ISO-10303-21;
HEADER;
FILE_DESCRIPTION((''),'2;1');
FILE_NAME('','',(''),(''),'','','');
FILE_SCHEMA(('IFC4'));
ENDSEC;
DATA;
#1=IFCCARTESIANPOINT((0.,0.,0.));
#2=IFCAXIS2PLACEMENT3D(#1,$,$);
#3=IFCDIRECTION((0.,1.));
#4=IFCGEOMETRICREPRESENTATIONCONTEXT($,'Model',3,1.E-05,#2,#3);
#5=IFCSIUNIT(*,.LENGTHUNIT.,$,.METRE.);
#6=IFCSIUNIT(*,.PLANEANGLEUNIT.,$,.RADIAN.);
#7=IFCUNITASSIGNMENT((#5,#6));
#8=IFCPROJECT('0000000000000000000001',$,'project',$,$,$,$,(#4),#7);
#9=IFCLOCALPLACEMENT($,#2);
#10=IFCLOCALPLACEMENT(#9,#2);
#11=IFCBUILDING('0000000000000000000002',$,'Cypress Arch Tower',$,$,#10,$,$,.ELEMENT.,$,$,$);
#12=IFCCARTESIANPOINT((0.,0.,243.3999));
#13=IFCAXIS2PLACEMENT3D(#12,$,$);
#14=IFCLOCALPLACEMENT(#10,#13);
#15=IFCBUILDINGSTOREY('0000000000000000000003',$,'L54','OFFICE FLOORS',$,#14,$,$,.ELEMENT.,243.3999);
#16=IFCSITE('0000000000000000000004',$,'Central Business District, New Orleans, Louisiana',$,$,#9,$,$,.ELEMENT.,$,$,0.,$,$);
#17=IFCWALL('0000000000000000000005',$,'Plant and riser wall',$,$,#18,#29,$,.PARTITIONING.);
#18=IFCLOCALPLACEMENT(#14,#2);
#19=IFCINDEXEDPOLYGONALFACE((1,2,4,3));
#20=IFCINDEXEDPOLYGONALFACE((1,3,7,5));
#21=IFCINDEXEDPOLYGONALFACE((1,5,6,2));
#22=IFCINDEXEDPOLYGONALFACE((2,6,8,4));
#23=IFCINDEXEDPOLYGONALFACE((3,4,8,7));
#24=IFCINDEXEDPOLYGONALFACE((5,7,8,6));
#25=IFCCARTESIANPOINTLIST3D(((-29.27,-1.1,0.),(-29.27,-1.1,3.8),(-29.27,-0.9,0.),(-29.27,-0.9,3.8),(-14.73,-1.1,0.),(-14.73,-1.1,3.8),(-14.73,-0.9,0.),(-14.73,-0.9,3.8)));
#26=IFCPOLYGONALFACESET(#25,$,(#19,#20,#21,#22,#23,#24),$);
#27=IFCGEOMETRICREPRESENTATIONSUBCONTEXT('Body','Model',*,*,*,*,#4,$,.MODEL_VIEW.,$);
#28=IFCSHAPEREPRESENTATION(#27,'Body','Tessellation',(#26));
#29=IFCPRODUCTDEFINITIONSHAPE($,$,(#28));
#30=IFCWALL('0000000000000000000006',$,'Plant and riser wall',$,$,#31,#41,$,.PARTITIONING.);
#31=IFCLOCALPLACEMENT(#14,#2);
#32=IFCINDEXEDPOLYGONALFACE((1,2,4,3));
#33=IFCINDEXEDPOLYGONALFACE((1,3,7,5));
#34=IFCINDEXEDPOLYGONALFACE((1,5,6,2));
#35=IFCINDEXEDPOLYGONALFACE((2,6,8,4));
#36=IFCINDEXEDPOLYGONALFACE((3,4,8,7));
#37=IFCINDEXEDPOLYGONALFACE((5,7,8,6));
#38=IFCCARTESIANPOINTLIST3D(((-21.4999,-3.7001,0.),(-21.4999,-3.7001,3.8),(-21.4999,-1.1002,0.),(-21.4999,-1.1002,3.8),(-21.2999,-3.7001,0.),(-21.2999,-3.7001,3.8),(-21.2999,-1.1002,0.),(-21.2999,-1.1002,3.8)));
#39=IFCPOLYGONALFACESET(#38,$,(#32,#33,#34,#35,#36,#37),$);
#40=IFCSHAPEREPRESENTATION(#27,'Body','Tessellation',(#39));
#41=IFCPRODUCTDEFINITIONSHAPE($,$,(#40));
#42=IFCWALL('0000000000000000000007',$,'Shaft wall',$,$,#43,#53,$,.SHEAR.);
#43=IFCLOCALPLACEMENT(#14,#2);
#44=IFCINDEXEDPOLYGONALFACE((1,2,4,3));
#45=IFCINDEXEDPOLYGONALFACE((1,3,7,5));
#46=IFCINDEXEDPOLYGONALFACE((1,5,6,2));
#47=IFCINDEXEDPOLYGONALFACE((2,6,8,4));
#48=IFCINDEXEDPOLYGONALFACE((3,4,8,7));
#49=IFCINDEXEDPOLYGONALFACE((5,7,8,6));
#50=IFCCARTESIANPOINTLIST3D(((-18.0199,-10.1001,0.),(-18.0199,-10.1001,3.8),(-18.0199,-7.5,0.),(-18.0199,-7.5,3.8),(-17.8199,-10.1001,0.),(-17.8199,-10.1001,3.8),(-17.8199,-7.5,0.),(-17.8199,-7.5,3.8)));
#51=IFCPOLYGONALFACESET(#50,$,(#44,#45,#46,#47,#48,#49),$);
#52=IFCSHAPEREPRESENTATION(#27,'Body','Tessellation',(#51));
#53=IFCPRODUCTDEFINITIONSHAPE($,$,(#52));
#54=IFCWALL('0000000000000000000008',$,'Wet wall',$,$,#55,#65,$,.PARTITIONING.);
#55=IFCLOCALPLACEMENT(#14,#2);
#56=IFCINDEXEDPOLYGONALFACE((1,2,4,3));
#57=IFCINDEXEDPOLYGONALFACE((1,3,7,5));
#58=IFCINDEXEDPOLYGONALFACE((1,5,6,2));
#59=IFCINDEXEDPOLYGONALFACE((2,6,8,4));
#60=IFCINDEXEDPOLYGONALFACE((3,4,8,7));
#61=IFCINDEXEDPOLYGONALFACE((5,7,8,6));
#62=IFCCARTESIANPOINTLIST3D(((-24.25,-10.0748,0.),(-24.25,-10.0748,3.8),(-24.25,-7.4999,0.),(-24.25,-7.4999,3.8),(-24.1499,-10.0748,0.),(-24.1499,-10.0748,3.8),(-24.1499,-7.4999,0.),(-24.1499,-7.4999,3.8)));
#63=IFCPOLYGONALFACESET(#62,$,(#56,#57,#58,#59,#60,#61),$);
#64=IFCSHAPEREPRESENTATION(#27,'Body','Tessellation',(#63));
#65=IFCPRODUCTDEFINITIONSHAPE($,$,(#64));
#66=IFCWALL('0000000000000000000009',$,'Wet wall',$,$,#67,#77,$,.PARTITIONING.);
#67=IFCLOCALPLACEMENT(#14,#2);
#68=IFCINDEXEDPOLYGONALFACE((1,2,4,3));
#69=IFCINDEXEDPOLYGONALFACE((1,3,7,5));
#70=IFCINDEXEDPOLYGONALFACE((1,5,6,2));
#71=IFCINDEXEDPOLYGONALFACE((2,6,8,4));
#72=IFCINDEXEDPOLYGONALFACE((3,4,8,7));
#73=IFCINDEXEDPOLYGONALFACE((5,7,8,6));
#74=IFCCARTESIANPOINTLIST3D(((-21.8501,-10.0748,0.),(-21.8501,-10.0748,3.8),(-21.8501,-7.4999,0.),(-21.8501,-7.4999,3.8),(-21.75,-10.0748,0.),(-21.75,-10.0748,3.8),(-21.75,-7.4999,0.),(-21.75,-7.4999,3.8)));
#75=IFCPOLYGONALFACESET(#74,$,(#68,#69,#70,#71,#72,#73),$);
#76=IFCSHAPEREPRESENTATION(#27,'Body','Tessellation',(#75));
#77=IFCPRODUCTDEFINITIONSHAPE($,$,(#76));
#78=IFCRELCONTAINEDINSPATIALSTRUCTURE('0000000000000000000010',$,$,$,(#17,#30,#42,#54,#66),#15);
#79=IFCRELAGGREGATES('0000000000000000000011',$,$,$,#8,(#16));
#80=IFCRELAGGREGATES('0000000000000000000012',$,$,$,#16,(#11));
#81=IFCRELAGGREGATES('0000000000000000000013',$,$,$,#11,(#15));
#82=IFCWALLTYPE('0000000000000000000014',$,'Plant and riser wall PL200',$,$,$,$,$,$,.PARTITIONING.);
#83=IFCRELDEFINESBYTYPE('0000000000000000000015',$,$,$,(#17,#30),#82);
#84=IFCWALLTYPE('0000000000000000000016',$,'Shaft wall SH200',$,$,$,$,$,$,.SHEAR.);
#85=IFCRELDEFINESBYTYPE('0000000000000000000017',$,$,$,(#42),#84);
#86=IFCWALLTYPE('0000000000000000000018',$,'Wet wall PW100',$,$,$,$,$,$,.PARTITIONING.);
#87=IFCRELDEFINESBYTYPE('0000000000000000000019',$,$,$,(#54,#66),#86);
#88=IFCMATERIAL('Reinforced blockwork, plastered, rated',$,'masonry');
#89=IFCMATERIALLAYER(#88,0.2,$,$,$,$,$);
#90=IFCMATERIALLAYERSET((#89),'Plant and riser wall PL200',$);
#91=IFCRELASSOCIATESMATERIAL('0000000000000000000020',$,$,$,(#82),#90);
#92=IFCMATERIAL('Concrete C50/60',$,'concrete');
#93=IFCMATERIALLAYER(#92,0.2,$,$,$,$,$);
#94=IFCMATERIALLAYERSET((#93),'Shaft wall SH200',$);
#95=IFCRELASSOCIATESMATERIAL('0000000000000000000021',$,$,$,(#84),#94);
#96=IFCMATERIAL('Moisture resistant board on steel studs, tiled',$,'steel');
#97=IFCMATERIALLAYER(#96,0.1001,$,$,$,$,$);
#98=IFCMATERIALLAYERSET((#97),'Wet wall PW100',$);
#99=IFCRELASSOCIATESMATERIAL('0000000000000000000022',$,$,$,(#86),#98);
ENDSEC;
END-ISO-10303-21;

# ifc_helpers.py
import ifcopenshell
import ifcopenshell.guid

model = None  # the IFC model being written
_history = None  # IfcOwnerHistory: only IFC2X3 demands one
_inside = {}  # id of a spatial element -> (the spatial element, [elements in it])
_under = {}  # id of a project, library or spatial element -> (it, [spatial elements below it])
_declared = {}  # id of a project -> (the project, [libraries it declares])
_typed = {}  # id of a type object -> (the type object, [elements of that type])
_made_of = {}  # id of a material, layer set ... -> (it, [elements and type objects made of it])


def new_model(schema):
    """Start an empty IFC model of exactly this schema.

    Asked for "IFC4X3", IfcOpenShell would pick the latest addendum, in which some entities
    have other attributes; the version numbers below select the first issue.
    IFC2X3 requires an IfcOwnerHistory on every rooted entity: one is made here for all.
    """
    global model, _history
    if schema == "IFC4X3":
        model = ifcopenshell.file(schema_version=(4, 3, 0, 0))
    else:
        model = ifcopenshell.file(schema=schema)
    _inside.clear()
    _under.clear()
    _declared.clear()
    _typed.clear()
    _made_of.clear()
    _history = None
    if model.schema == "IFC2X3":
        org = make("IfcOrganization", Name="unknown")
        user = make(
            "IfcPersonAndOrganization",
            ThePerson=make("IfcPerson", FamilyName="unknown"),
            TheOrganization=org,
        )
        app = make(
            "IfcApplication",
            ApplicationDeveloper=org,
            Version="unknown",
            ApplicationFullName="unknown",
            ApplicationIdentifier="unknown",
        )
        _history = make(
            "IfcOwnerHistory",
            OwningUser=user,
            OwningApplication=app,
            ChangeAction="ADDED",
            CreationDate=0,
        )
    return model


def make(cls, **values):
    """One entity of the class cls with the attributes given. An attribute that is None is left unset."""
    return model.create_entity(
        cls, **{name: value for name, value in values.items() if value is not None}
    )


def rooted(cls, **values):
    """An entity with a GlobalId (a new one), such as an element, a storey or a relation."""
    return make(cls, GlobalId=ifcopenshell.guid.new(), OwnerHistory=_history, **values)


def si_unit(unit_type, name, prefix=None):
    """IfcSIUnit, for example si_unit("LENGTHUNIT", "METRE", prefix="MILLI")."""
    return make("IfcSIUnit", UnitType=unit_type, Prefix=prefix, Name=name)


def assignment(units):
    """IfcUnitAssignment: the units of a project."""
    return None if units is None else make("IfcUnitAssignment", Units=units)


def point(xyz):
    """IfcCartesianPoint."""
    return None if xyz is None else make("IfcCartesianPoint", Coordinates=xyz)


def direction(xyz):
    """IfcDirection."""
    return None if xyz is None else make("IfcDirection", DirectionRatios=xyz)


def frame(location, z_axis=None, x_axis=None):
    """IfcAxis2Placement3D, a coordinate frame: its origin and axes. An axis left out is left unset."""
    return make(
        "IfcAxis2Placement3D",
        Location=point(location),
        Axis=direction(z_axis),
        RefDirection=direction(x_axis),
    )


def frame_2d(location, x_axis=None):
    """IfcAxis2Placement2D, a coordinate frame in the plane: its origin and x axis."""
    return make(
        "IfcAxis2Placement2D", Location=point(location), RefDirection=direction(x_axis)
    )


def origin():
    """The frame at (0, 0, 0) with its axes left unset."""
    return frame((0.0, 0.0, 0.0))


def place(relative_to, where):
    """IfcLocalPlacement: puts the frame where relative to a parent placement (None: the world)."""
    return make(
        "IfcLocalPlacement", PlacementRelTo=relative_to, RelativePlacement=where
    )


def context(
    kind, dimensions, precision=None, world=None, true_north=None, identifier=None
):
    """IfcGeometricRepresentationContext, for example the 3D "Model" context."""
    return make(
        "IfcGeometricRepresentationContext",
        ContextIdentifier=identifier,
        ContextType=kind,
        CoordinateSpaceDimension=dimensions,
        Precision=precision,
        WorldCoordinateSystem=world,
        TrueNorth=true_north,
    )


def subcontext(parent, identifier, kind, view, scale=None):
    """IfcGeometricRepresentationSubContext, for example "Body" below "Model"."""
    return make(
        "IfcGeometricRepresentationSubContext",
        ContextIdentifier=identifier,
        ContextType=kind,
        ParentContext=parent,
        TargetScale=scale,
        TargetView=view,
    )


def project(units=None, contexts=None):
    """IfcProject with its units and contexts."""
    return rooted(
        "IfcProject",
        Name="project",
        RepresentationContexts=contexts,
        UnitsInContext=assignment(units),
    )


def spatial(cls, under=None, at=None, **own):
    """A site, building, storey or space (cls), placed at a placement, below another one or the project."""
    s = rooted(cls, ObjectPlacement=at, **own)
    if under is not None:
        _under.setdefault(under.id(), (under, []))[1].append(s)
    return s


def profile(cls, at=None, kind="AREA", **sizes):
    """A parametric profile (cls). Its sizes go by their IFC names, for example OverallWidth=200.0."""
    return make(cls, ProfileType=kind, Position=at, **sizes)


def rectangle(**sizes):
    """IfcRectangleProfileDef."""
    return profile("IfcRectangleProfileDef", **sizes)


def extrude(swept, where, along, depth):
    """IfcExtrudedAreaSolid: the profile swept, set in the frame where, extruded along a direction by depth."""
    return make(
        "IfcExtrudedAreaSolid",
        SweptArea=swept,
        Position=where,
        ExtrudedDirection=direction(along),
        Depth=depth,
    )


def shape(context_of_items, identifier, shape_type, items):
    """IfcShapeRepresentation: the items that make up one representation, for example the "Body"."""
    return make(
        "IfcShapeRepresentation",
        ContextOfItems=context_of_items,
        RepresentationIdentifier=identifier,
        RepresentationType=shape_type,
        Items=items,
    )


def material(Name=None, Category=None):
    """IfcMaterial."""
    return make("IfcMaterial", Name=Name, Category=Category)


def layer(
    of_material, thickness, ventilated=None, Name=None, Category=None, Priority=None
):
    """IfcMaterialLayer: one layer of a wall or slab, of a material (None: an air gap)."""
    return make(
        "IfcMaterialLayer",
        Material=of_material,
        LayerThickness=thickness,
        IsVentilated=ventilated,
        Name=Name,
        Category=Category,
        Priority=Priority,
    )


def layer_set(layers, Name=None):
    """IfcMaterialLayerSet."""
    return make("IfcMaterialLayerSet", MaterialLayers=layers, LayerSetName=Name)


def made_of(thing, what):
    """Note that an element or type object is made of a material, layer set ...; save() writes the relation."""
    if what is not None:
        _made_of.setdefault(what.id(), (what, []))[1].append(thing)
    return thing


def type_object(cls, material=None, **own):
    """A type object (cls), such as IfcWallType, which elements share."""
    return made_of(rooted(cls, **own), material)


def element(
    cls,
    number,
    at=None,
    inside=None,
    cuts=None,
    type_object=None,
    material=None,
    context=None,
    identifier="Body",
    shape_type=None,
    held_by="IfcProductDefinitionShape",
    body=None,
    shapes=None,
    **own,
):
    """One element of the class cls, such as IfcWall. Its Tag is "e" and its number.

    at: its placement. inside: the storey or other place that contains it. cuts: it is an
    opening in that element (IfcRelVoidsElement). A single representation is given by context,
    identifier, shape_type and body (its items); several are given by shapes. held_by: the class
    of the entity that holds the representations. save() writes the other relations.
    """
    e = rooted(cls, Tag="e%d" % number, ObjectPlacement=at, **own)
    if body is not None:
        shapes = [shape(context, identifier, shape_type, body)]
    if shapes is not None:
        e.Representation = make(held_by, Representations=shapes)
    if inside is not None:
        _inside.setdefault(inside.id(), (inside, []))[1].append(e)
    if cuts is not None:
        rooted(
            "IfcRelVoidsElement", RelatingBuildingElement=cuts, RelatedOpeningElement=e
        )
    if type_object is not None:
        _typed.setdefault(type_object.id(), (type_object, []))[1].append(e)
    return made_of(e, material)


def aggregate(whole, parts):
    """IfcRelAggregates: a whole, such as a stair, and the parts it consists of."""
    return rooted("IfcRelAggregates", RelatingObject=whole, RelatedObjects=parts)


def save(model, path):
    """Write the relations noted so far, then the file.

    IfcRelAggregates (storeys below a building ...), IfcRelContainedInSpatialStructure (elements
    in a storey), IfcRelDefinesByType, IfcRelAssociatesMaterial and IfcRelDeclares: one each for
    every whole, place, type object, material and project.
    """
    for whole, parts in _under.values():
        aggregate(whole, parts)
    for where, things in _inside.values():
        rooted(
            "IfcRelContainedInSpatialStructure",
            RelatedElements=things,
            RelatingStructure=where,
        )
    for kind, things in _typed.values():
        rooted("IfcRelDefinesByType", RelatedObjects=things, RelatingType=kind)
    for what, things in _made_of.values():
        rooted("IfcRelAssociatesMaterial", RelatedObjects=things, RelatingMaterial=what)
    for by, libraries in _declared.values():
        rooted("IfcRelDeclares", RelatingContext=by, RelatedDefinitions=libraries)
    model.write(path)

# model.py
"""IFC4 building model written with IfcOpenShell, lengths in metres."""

from ifc_helpers import new_model, si_unit, direction, frame, frame_2d, origin, place, context, subcontext, project, spatial, rectangle, extrude, material, layer, layer_set, type_object, element, save


model = new_model("IFC4")

# Units and contexts
model_context = context("Model", 3, precision=1e-05, world=origin(), true_north=direction((0.0, 1.0)))
body_context = subcontext(model_context, "Body", "Model", "MODEL_VIEW")
ifc_project = project(units=[si_unit("LENGTHUNIT", "METRE"), si_unit("PLANEANGLEUNIT", "RADIAN")], contexts=[model_context])

# Site, building, storey
site_placement = place(None, origin())
site = spatial("IfcSite", under=ifc_project, at=site_placement, Name="Central Business District, New Orleans, Louisiana", CompositionType="ELEMENT", RefElevation=0.0)
building_placement = place(site_placement, origin())
building = spatial("IfcBuilding", under=site, at=building_placement, Name="Cypress Arch Tower", CompositionType="ELEMENT")
storey_placement = place(building_placement, frame((0.0, 0.0, 243.3999)))
storey = spatial("IfcBuildingStorey", under=building, at=storey_placement, Name="L54", Description="OFFICE FLOORS", CompositionType="ELEMENT", Elevation=243.3999)

# Shared definitions
ifc_material_1 = material(Name="Reinforced blockwork, plastered, rated", Category="masonry")
ifc_layer_1 = layer(ifc_material_1, 0.2)
ifc_layer_set_1 = layer_set([ifc_layer_1], Name="Plant and riser wall PL200")
wall_type_1 = type_object("IfcWallType", Name="Plant and riser wall PL200", PredefinedType="PARTITIONING", material=ifc_layer_set_1)

# Walls
wall_1_placement = place(storey_placement, frame((-29.27, -1.0, 0.0), z_axis=(0.0, 0.0, 1.0), x_axis=(1.0, 0.0, 0.0)))
element("IfcWall", 1, at=wall_1_placement, inside=storey, type_object=wall_type_1, Name="Plant and riser wall", PredefinedType="PARTITIONING", context=body_context, shape_type="SweptSolid", body=[
    extrude(rectangle(XDim=14.54, YDim=0.2, at=frame_2d((7.27, 0.0))), origin(), (0.0, 0.0, 1.0), 3.8),
])
wall_2_placement = place(storey_placement, frame((-21.3999, -3.7, 0.0), z_axis=(0.0, 0.0, 1.0), x_axis=(0.0, 1.0, 0.0)))
element("IfcWall", 2, at=wall_2_placement, inside=storey, type_object=wall_type_1, Name="Plant and riser wall", PredefinedType="PARTITIONING", context=body_context, shape_type="SweptSolid", body=[
    extrude(rectangle(XDim=2.5999, YDim=0.2, at=frame_2d((1.2998, 0.0))), origin(), (0.0, 0.0, 1.0), 3.8),
])
ifc_material_2 = material(Name="Concrete C50/60", Category="concrete")
ifc_layer_2 = layer(ifc_material_2, 0.2)
ifc_layer_set_2 = layer_set([ifc_layer_2], Name="Shaft wall SH200")
wall_type_2 = type_object("IfcWallType", Name="Shaft wall SH200", PredefinedType="SHEAR", material=ifc_layer_set_2)
wall_3_placement = place(storey_placement, frame((-17.9199, -10.1001, 0.0), z_axis=(0.0, 0.0, 1.0), x_axis=(0.0, 1.0, 0.0)))
element("IfcWall", 3, at=wall_3_placement, inside=storey, type_object=wall_type_2, Name="Shaft wall", PredefinedType="SHEAR", context=body_context, shape_type="SweptSolid", body=[
    extrude(rectangle(XDim=2.6001, YDim=0.2, at=frame_2d((1.3, 0.0))), origin(), (0.0, 0.0, 1.0), 3.8),
])
ifc_material_3 = material(Name="Moisture resistant board on steel studs, tiled", Category="steel")
ifc_layer_3 = layer(ifc_material_3, 0.1001)
ifc_layer_set_3 = layer_set([ifc_layer_3], Name="Wet wall PW100")
wall_type_3 = type_object("IfcWallType", Name="Wet wall PW100", PredefinedType="PARTITIONING", material=ifc_layer_set_3)
for number, where, z_axis, x_axis, name in (
    (4, (-24.2, -10.075, 0.0), (0.0, 0.0, 1.0), (0.0, 1.0, 0.0), "Wet wall"),
    (5, (-21.8, -10.075, 0.0), (0.0, 0.0, 1.0), (0.0, 1.0, 0.0), "Wet wall"),
):
    element("IfcWall", number, at=place(storey_placement, frame(where, z_axis=z_axis, x_axis=x_axis)), inside=storey, type_object=wall_type_3, Name=name, PredefinedType="PARTITIONING", context=body_context, shape_type="SweptSolid", body=[
        extrude(rectangle(XDim=2.575, YDim=0.1001, at=frame_2d((1.2876, 0.0))), origin(), (0.0, 0.0, 1.0), 3.8),
    ])

save(model, "model.ifc")
